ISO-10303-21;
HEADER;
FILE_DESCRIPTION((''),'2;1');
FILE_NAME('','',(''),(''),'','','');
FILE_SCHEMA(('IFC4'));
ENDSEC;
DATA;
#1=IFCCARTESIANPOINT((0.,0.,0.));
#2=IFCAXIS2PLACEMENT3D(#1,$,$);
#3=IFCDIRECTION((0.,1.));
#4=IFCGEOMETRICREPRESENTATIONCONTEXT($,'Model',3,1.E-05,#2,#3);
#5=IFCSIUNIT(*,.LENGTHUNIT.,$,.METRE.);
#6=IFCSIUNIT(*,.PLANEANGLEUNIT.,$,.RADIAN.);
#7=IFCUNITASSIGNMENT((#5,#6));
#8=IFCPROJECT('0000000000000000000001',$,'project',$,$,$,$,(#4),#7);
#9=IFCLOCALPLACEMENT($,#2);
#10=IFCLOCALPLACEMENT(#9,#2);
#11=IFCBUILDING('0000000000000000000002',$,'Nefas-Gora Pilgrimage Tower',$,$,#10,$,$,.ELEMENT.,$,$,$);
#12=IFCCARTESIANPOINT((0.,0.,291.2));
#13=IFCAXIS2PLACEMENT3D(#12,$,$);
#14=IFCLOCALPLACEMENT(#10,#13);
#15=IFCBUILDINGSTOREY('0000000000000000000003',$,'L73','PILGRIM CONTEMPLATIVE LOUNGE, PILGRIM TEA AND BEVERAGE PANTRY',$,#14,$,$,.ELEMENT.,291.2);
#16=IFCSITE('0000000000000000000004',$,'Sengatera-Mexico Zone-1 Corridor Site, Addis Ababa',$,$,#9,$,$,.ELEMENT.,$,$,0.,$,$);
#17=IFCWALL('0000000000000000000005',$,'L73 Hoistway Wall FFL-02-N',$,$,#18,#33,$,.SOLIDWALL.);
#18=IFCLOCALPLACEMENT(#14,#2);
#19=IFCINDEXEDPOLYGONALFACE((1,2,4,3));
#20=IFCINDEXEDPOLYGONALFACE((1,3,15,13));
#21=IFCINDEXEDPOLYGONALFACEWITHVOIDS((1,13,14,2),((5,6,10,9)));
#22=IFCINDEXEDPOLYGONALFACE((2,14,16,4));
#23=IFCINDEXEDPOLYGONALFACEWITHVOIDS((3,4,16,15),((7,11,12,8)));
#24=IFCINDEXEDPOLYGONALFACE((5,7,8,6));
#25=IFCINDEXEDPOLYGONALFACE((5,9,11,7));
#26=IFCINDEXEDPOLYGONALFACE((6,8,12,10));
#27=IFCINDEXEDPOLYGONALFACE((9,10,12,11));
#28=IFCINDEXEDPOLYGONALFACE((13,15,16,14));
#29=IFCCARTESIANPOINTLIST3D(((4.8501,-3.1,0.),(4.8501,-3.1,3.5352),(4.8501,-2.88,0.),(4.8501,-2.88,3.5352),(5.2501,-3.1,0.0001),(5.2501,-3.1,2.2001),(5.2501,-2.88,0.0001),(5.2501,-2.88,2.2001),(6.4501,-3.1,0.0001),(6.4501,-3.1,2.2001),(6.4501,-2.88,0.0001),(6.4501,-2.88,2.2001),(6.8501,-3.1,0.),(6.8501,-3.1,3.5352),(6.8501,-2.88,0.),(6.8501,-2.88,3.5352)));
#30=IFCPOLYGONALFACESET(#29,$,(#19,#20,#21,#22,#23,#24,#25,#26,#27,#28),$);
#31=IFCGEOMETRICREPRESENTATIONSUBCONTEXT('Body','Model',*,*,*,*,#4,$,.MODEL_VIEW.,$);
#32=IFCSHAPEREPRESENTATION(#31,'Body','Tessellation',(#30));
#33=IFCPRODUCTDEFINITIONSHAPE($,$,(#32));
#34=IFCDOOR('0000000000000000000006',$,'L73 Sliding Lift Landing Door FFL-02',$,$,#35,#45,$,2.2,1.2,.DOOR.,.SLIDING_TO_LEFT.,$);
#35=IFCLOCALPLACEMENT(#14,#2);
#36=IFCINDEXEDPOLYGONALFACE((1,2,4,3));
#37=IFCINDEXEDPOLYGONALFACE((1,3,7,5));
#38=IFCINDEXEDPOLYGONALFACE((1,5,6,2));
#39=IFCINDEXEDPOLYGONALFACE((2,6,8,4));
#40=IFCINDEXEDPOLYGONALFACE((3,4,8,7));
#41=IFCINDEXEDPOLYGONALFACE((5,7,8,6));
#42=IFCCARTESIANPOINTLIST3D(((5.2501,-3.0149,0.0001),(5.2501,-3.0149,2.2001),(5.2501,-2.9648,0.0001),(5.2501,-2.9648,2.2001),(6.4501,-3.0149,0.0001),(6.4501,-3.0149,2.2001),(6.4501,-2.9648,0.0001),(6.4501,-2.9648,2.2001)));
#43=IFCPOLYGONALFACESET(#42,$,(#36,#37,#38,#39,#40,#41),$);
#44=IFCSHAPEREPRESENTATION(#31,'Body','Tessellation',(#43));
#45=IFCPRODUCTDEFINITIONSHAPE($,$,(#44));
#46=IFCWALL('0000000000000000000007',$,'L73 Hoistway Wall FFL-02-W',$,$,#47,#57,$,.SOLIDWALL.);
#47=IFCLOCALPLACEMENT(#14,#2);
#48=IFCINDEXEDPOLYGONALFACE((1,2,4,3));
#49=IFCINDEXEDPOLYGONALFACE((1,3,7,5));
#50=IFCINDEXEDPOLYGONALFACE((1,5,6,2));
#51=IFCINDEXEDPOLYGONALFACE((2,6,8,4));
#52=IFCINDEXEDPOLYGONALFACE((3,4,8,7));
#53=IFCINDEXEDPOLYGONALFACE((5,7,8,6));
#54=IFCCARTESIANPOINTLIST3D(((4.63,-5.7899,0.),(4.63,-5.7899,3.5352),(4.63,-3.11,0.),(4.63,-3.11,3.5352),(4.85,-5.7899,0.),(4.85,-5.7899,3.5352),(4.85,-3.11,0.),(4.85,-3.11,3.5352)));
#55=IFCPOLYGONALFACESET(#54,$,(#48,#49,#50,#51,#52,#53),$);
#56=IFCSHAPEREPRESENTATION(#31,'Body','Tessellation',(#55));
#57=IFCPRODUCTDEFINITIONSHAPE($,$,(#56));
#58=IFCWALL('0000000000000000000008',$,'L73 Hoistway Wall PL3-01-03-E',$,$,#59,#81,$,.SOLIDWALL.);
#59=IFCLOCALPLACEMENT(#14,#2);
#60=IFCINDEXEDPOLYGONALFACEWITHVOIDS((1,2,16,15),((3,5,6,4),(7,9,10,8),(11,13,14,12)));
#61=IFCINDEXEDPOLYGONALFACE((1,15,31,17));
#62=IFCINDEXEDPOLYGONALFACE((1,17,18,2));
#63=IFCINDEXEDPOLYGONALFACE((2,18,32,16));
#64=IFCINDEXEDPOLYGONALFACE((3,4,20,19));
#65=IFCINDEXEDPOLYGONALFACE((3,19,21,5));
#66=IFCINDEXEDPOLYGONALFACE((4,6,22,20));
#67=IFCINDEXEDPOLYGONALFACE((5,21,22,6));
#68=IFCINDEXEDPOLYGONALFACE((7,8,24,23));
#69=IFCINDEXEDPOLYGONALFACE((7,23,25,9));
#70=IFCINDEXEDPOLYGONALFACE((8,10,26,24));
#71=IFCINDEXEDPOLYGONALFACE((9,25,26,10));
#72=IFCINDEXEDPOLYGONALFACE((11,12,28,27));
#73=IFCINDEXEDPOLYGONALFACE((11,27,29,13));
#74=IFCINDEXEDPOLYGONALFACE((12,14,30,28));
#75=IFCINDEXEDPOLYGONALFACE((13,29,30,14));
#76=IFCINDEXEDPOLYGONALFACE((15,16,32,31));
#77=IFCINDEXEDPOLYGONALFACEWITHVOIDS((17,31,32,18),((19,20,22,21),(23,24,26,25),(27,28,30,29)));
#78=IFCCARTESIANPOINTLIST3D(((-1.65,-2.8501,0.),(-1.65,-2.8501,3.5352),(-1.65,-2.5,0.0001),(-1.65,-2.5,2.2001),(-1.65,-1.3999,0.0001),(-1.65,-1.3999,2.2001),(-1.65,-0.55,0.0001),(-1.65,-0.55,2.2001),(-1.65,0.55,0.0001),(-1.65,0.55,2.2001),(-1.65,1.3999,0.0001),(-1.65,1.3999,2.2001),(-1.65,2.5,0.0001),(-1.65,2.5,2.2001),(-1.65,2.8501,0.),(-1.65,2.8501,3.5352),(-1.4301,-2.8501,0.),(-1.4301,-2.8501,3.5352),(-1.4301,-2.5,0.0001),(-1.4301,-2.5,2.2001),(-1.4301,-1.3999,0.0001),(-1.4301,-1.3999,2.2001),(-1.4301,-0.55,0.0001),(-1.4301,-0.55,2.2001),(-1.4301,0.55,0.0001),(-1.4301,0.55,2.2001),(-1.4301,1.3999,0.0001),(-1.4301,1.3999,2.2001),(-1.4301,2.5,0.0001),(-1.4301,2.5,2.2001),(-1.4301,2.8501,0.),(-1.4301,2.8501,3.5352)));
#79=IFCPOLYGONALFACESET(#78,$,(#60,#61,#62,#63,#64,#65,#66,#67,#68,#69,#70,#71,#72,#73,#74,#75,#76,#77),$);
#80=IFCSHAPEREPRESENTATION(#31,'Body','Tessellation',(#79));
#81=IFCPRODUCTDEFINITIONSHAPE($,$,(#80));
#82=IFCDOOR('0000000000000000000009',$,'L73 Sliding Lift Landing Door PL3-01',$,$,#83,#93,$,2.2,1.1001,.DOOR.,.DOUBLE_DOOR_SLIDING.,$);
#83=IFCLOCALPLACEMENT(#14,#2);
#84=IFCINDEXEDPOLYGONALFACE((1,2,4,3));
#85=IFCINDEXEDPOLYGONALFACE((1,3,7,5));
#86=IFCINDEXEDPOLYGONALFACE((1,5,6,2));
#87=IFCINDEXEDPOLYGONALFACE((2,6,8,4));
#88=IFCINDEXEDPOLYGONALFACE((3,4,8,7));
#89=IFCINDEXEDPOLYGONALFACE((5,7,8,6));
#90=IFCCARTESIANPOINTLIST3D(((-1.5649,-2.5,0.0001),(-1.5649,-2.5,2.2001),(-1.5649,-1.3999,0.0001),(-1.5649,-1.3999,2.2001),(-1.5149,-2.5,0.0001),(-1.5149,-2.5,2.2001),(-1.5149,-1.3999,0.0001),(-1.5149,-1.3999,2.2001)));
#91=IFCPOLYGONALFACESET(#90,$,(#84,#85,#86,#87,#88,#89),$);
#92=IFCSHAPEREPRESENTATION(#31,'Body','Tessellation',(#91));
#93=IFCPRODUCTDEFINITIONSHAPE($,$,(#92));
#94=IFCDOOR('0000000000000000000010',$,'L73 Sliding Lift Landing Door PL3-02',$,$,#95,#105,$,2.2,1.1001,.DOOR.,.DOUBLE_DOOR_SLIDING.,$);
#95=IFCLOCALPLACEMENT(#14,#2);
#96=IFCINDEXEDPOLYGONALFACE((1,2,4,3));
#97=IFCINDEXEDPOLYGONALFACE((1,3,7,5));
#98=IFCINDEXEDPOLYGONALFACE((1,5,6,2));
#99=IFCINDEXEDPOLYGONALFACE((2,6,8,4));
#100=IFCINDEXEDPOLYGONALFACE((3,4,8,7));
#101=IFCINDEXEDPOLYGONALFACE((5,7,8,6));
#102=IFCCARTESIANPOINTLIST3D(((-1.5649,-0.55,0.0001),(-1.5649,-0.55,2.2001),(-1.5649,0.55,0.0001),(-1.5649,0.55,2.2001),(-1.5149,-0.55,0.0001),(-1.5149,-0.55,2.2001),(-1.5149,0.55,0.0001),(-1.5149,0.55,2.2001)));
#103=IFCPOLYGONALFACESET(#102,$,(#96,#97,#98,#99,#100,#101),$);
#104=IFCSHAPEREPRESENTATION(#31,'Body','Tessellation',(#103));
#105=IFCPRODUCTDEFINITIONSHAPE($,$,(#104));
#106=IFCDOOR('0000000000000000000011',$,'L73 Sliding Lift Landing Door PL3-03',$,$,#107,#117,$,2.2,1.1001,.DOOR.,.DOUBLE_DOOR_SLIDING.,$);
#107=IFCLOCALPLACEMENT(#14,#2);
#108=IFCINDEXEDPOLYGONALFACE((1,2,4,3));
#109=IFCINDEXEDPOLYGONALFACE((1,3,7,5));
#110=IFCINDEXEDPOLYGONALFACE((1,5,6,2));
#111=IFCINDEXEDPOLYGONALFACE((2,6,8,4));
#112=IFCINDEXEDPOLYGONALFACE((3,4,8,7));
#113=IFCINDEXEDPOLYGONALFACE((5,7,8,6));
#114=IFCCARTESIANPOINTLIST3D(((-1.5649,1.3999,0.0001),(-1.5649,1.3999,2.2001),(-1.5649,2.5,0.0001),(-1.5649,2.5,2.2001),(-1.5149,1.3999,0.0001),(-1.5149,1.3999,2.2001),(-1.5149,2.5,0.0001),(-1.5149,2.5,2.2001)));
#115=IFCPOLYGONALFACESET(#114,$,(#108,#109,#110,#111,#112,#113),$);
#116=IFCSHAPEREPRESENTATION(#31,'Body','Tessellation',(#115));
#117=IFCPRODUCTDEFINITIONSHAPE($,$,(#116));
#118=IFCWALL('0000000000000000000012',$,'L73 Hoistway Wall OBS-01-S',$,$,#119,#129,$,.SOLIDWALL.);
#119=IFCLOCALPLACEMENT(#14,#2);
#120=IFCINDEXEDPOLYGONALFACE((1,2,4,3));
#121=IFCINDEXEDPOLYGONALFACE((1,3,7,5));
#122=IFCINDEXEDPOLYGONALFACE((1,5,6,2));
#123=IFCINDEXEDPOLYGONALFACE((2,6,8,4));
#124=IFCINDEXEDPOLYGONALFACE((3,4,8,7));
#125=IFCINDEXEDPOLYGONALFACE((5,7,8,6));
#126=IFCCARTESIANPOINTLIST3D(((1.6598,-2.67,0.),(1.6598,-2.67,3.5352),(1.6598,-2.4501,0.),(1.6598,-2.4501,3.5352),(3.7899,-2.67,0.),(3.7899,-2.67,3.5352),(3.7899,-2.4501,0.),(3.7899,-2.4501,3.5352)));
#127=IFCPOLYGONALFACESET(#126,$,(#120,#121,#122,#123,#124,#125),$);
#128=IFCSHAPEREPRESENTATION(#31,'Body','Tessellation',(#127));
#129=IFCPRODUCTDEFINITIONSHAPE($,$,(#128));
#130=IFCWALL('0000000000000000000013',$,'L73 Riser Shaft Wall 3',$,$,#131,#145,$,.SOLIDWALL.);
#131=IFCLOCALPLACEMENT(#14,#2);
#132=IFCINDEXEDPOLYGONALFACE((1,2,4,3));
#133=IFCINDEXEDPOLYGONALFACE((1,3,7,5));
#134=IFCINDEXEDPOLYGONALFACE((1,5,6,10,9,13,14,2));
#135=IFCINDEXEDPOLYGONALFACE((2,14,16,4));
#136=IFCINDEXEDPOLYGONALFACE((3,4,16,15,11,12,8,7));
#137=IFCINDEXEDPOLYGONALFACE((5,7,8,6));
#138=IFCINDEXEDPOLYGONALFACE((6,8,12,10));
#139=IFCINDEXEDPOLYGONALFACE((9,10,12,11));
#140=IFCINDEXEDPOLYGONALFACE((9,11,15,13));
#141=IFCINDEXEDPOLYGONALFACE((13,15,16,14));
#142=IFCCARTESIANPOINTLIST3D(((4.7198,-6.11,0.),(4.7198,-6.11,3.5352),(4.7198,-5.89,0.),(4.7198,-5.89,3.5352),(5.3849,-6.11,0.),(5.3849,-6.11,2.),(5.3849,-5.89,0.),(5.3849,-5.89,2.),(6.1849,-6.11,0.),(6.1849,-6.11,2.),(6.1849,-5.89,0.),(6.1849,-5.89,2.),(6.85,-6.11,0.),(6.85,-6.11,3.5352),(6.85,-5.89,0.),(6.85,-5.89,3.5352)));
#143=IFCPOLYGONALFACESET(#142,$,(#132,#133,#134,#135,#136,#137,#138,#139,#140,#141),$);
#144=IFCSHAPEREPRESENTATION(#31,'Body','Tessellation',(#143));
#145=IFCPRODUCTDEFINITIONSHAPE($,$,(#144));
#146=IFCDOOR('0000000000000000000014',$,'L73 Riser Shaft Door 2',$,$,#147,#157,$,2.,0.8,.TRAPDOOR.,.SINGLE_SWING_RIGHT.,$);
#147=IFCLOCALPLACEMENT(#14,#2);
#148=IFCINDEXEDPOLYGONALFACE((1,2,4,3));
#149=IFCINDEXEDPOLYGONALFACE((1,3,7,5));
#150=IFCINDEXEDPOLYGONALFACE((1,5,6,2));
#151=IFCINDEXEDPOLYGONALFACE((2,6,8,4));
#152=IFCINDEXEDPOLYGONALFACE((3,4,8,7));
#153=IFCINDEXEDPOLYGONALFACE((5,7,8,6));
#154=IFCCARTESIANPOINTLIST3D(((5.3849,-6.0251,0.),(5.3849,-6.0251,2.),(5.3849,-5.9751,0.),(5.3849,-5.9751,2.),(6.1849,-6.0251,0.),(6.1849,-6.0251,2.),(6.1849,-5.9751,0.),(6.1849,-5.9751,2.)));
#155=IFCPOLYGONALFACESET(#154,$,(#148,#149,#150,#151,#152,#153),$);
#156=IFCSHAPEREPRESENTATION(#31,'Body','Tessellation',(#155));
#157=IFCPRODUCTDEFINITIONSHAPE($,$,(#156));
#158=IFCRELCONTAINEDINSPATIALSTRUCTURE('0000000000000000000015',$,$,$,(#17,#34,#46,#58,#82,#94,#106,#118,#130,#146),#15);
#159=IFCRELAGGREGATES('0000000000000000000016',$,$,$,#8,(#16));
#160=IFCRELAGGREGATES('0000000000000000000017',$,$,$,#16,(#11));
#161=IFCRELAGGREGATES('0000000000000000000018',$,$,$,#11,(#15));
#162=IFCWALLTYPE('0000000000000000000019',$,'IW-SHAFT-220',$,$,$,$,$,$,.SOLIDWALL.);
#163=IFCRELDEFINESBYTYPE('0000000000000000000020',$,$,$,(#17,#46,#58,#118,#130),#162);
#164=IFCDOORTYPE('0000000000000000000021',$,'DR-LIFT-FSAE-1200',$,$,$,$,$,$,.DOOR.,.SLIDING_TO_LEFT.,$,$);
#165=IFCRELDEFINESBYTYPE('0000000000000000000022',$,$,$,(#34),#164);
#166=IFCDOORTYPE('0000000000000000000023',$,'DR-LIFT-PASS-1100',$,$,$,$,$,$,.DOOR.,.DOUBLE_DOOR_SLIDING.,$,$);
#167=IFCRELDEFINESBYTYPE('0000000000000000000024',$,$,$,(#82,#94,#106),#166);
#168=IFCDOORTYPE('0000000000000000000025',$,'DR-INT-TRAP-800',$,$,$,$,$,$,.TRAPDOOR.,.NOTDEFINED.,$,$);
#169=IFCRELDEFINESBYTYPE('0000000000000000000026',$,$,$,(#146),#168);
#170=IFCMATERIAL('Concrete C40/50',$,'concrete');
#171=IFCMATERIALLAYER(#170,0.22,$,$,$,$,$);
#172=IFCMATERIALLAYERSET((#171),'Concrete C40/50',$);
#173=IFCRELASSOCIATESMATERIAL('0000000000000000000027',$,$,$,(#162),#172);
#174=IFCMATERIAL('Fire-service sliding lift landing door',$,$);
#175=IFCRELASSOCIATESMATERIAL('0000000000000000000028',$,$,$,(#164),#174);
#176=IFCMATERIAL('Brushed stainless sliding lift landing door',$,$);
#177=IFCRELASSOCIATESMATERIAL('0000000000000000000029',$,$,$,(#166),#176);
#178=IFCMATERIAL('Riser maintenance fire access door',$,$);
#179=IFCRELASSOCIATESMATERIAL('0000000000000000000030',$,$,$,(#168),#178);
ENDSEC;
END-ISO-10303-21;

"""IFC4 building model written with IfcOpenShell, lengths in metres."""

from ifc_helpers import new_model, si_unit, direction, frame, frame_2d, origin, place, context, subcontext, project, spatial, rectangle, extrude, source, transform, mapped, material, layer, layer_set, type_object, element, fill, save


model = new_model("IFC4")

# Units and contexts
model_context = context("Model", 3, precision=1e-05, world=origin(), true_north=direction((0.0, 1.0)))
body_context = subcontext(model_context, "Body", "Model", "MODEL_VIEW")
ifc_project = project(units=[si_unit("LENGTHUNIT", "METRE"), si_unit("PLANEANGLEUNIT", "RADIAN")], contexts=[model_context])

# Site, building, storey
site_placement = place(None, origin())
site = spatial("IfcSite", under=ifc_project, at=site_placement, Name="Sengatera-Mexico Zone-1 Corridor Site, Addis Ababa", CompositionType="ELEMENT", RefElevation=0.0)
building_placement = place(site_placement, origin())
building = spatial("IfcBuilding", under=site, at=building_placement, Name="Nefas-Gora Pilgrimage Tower", CompositionType="ELEMENT")
storey_placement = place(building_placement, frame((0.0, 0.0, 291.2)))
storey = spatial("IfcBuildingStorey", under=building, at=storey_placement, Name="L73", Description="PILGRIM CONTEMPLATIVE LOUNGE, PILGRIM TEA AND BEVERAGE PANTRY", CompositionType="ELEMENT", Elevation=291.2)

# Shared definitions
ifc_material_1 = material(Name="Concrete C40/50", Category="concrete")

# Wall, opening, door
ifc_layer_1 = layer(ifc_material_1, 0.22)
ifc_layer_set_1 = layer_set([ifc_layer_1], Name="Concrete C40/50")
wall_type_1 = type_object("IfcWallType", Name="IW-SHAFT-220", PredefinedType="SOLIDWALL", material=ifc_layer_set_1)
shared_shape_1 = source(origin(), body_context, "Body", "SweptSolid", [
    extrude(rectangle(XDim=2.0, YDim=0.22, at=frame_2d((1.0, 0.0))), origin(), (0.0, 0.0, 1.0), 3.5352),
])
wall_1_placement = place(storey_placement, frame((6.8501, -2.99, 0.0), z_axis=(0.0, 0.0, 1.0), x_axis=(-1.0, 0.0, 0.0)))
wall_1 = element("IfcWall", 1, at=wall_1_placement, inside=storey, type_object=wall_type_1, Name="L73 Hoistway Wall FFL-02-N", PredefinedType="SOLIDWALL", context=body_context, shape_type="MappedRepresentation", body=[
    mapped(shared_shape_1, transform((0.0, 0.0, 0.0), x_axis=(1.0, 0.0, 0.0), y_axis=(0.0, 1.0, 0.0), z_axis=(0.0, 0.0, 1.0), scale=1.0)),
])
opening_1_placement = place(wall_1_placement, frame((0.3999, 0.0, 0.0)))
opening_1 = element("IfcOpeningElement", 2, at=opening_1_placement, cuts=wall_1, PredefinedType="OPENING", context=body_context, shape_type="SweptSolid", body=[
    extrude(rectangle(XDim=1.2, YDim=2.2, at=frame_2d((0.6001, 1.1001))), frame((0.0, 0.1199, 0.0), z_axis=(0.0, -1.0, 0.0), x_axis=(1.0, 0.0, 0.0)), (0.0, 0.0, 1.0), 0.24),
])
ifc_material_2 = material(Name="Fire-service sliding lift landing door")
door_type_1 = type_object("IfcDoorType", Name="DR-LIFT-FSAE-1200", OperationType="SLIDING_TO_LEFT", PredefinedType="DOOR", material=ifc_material_2)
shared_shape_2 = source(origin(), body_context, "Body", "SweptSolid", [
    extrude(rectangle(XDim=1.2, YDim=2.2, at=frame_2d((0.6001, 1.1001))), frame((0.0, 0.0249, 0.0), z_axis=(0.0, -1.0, 0.0), x_axis=(1.0, 0.0, 0.0)), (0.0, 0.0, 1.0), 0.05),
])
door_1_placement = place(opening_1_placement, origin())
door_1 = element("IfcDoor", 3, at=door_1_placement, inside=storey, type_object=door_type_1, Name="L73 Sliding Lift Landing Door FFL-02", OperationType="SLIDING_TO_LEFT", OverallHeight=2.2, OverallWidth=1.2, PredefinedType="DOOR", context=body_context, shape_type="MappedRepresentation", body=[
    mapped(shared_shape_2, transform((0.0, 0.0, 0.0), x_axis=(1.0, 0.0, 0.0), y_axis=(0.0, 1.0, 0.0), z_axis=(0.0, 0.0, 1.0), scale=1.0)),
])
fill(opening_1, door_1)

# Wall
shared_shape_3 = source(origin(), body_context, "Body", "SweptSolid", [
    extrude(rectangle(XDim=2.6799, YDim=0.22, at=frame_2d((1.3398, 0.0))), origin(), (0.0, 0.0, 1.0), 3.5352),
])
wall_2_placement = place(storey_placement, frame((4.74, -3.1101, 0.0), z_axis=(0.0, 0.0, 1.0), x_axis=(0.0, -1.0, 0.0)))
element("IfcWall", 4, at=wall_2_placement, inside=storey, type_object=wall_type_1, Name="L73 Hoistway Wall FFL-02-W", PredefinedType="SOLIDWALL", context=body_context, shape_type="MappedRepresentation", body=[
    mapped(shared_shape_3, transform((0.0, 0.0, 0.0), x_axis=(1.0, 0.0, 0.0), y_axis=(0.0, 1.0, 0.0), z_axis=(0.0, 0.0, 1.0), scale=1.0)),
])

# Wall, openings, doors
shared_shape_4 = source(origin(), body_context, "Body", "SweptSolid", [
    extrude(rectangle(XDim=5.7002, YDim=0.22, at=frame_2d((2.8501, 0.0))), origin(), (0.0, 0.0, 1.0), 3.5352),
])
wall_3_placement = place(storey_placement, frame((-1.54, -2.8501, 0.0), z_axis=(0.0, 0.0, 1.0), x_axis=(0.0, 1.0, 0.0)))
wall_3 = element("IfcWall", 5, at=wall_3_placement, inside=storey, type_object=wall_type_1, Name="L73 Hoistway Wall PL3-01-03-E", PredefinedType="SOLIDWALL", context=body_context, shape_type="MappedRepresentation", body=[
    mapped(shared_shape_4, transform((0.0, 0.0, 0.0), x_axis=(1.0, 0.0, 0.0), y_axis=(0.0, 1.0, 0.0), z_axis=(0.0, 0.0, 1.0), scale=1.0)),
])
opening_2_placement = place(wall_3_placement, frame((0.3501, 0.0, 0.0)))
opening_2 = element("IfcOpeningElement", 6, at=opening_2_placement, cuts=wall_3, PredefinedType="OPENING", context=body_context, shape_type="SweptSolid", body=[
    extrude(rectangle(XDim=1.1001, YDim=2.2, at=frame_2d((0.55, 1.1001))), frame((0.0, 0.1199, 0.0), z_axis=(0.0, -1.0, 0.0), x_axis=(1.0, 0.0, 0.0)), (0.0, 0.0, 1.0), 0.24),
])
opening_3_placement = place(wall_3_placement, frame((2.3, 0.0, 0.0)))
opening_3 = element("IfcOpeningElement", 7, at=opening_3_placement, cuts=wall_3, PredefinedType="OPENING", context=body_context, shape_type="SweptSolid", body=[
    extrude(rectangle(XDim=1.1001, YDim=2.2, at=frame_2d((0.55, 1.1001))), frame((0.0, 0.1199, 0.0), z_axis=(0.0, -1.0, 0.0), x_axis=(1.0, 0.0, 0.0)), (0.0, 0.0, 1.0), 0.24),
])
opening_4_placement = place(wall_3_placement, frame((4.25, 0.0, 0.0)))
opening_4 = element("IfcOpeningElement", 8, at=opening_4_placement, cuts=wall_3, PredefinedType="OPENING", context=body_context, shape_type="SweptSolid", body=[
    extrude(rectangle(XDim=1.1001, YDim=2.2, at=frame_2d((0.55, 1.1001))), frame((0.0, 0.1199, 0.0), z_axis=(0.0, -1.0, 0.0), x_axis=(1.0, 0.0, 0.0)), (0.0, 0.0, 1.0), 0.24),
])
ifc_material_3 = material(Name="Brushed stainless sliding lift landing door")
door_type_2 = type_object("IfcDoorType", Name="DR-LIFT-PASS-1100", OperationType="DOUBLE_DOOR_SLIDING", PredefinedType="DOOR", material=ifc_material_3)
shared_shape_5 = source(origin(), body_context, "Body", "SweptSolid", [
    extrude(rectangle(XDim=1.1001, YDim=2.2, at=frame_2d((0.55, 1.1001))), frame((0.0, 0.0249, 0.0), z_axis=(0.0, -1.0, 0.0), x_axis=(1.0, 0.0, 0.0)), (0.0, 0.0, 1.0), 0.05),
])
door_2_placement = place(opening_2_placement, origin())
door_2 = element("IfcDoor", 9, at=door_2_placement, inside=storey, type_object=door_type_2, Name="L73 Sliding Lift Landing Door PL3-01", OperationType="DOUBLE_DOOR_SLIDING", OverallHeight=2.2, OverallWidth=1.1001, PredefinedType="DOOR", context=body_context, shape_type="MappedRepresentation", body=[
    mapped(shared_shape_5, transform((0.0, 0.0, 0.0), x_axis=(1.0, 0.0, 0.0), y_axis=(0.0, 1.0, 0.0), z_axis=(0.0, 0.0, 1.0), scale=1.0)),
])
fill(opening_2, door_2)
door_3_placement = place(opening_3_placement, origin())
door_3 = element("IfcDoor", 10, at=door_3_placement, inside=storey, type_object=door_type_2, Name="L73 Sliding Lift Landing Door PL3-02", OperationType="DOUBLE_DOOR_SLIDING", OverallHeight=2.2, OverallWidth=1.1001, PredefinedType="DOOR", context=body_context, shape_type="MappedRepresentation", body=[
    mapped(shared_shape_5, transform((0.0, 0.0, 0.0), x_axis=(1.0, 0.0, 0.0), y_axis=(0.0, 1.0, 0.0), z_axis=(0.0, 0.0, 1.0), scale=1.0)),
])
fill(opening_3, door_3)
door_4_placement = place(opening_4_placement, origin())
door_4 = element("IfcDoor", 11, at=door_4_placement, inside=storey, type_object=door_type_2, Name="L73 Sliding Lift Landing Door PL3-03", OperationType="DOUBLE_DOOR_SLIDING", OverallHeight=2.2, OverallWidth=1.1001, PredefinedType="DOOR", context=body_context, shape_type="MappedRepresentation", body=[
    mapped(shared_shape_5, transform((0.0, 0.0, 0.0), x_axis=(1.0, 0.0, 0.0), y_axis=(0.0, 1.0, 0.0), z_axis=(0.0, 0.0, 1.0), scale=1.0)),
])
fill(opening_4, door_4)

# Wall
shared_shape_6 = source(origin(), body_context, "Body", "SweptSolid", [
    extrude(rectangle(XDim=2.1301, YDim=0.22, at=frame_2d((1.0649, 0.0))), origin(), (0.0, 0.0, 1.0), 3.5352),
])
wall_4_placement = place(storey_placement, frame((1.6599, -2.5601, 0.0), z_axis=(0.0, 0.0, 1.0), x_axis=(1.0, 0.0, 0.0)))
element("IfcWall", 12, at=wall_4_placement, inside=storey, type_object=wall_type_1, Name="L73 Hoistway Wall OBS-01-S", PredefinedType="SOLIDWALL", context=body_context, shape_type="MappedRepresentation", body=[
    mapped(shared_shape_6, transform((0.0, 0.0, 0.0), x_axis=(1.0, 0.0, 0.0), y_axis=(0.0, 1.0, 0.0), z_axis=(0.0, 0.0, 1.0), scale=1.0)),
])

# Wall, opening, door
wall_5_placement = place(storey_placement, frame((4.72, -6.0, 0.0), z_axis=(0.0, 0.0, 1.0), x_axis=(1.0, 0.0, 0.0)))
wall_5 = element("IfcWall", 13, at=wall_5_placement, inside=storey, type_object=wall_type_1, Name="L73 Riser Shaft Wall 3", PredefinedType="SOLIDWALL", context=body_context, shape_type="MappedRepresentation", body=[
    mapped(shared_shape_6, transform((0.0, 0.0, 0.0), x_axis=(1.0, 0.0, 0.0), y_axis=(0.0, 1.0, 0.0), z_axis=(0.0, 0.0, 1.0), scale=1.0)),
])
opening_5_placement = place(wall_5_placement, frame((0.665, 0.0, 0.0)))
opening_5 = element("IfcOpeningElement", 14, at=opening_5_placement, cuts=wall_5, PredefinedType="OPENING", context=body_context, shape_type="SweptSolid", body=[
    extrude(rectangle(XDim=0.8, YDim=2.0, at=frame_2d((0.3999, 1.0))), frame((0.0, 0.1199, 0.0), z_axis=(0.0, -1.0, 0.0), x_axis=(1.0, 0.0, 0.0)), (0.0, 0.0, 1.0), 0.24),
])
ifc_material_4 = material(Name="Riser maintenance fire access door")
door_type_3 = type_object("IfcDoorType", Name="DR-INT-TRAP-800", OperationType="NOTDEFINED", PredefinedType="TRAPDOOR", material=ifc_material_4)
shared_shape_7 = source(origin(), body_context, "Body", "SweptSolid", [
    extrude(rectangle(XDim=0.8, YDim=2.0, at=frame_2d((0.3999, 1.0))), frame((0.0, 0.0249, 0.0), z_axis=(0.0, -1.0, 0.0), x_axis=(1.0, 0.0, 0.0)), (0.0, 0.0, 1.0), 0.05),
])
door_5_placement = place(opening_5_placement, origin())
door_5 = element("IfcDoor", 15, at=door_5_placement, inside=storey, type_object=door_type_3, Name="L73 Riser Shaft Door 2", OperationType="SINGLE_SWING_RIGHT", OverallHeight=2.0, OverallWidth=0.8, PredefinedType="TRAPDOOR", context=body_context, shape_type="MappedRepresentation", body=[
    mapped(shared_shape_7, transform((0.0, 0.0, 0.0), x_axis=(1.0, 0.0, 0.0), y_axis=(0.0, 1.0, 0.0), z_axis=(0.0, 0.0, 1.0), scale=1.0)),
])
fill(opening_5, door_5)

save(model, "model.ifc")
